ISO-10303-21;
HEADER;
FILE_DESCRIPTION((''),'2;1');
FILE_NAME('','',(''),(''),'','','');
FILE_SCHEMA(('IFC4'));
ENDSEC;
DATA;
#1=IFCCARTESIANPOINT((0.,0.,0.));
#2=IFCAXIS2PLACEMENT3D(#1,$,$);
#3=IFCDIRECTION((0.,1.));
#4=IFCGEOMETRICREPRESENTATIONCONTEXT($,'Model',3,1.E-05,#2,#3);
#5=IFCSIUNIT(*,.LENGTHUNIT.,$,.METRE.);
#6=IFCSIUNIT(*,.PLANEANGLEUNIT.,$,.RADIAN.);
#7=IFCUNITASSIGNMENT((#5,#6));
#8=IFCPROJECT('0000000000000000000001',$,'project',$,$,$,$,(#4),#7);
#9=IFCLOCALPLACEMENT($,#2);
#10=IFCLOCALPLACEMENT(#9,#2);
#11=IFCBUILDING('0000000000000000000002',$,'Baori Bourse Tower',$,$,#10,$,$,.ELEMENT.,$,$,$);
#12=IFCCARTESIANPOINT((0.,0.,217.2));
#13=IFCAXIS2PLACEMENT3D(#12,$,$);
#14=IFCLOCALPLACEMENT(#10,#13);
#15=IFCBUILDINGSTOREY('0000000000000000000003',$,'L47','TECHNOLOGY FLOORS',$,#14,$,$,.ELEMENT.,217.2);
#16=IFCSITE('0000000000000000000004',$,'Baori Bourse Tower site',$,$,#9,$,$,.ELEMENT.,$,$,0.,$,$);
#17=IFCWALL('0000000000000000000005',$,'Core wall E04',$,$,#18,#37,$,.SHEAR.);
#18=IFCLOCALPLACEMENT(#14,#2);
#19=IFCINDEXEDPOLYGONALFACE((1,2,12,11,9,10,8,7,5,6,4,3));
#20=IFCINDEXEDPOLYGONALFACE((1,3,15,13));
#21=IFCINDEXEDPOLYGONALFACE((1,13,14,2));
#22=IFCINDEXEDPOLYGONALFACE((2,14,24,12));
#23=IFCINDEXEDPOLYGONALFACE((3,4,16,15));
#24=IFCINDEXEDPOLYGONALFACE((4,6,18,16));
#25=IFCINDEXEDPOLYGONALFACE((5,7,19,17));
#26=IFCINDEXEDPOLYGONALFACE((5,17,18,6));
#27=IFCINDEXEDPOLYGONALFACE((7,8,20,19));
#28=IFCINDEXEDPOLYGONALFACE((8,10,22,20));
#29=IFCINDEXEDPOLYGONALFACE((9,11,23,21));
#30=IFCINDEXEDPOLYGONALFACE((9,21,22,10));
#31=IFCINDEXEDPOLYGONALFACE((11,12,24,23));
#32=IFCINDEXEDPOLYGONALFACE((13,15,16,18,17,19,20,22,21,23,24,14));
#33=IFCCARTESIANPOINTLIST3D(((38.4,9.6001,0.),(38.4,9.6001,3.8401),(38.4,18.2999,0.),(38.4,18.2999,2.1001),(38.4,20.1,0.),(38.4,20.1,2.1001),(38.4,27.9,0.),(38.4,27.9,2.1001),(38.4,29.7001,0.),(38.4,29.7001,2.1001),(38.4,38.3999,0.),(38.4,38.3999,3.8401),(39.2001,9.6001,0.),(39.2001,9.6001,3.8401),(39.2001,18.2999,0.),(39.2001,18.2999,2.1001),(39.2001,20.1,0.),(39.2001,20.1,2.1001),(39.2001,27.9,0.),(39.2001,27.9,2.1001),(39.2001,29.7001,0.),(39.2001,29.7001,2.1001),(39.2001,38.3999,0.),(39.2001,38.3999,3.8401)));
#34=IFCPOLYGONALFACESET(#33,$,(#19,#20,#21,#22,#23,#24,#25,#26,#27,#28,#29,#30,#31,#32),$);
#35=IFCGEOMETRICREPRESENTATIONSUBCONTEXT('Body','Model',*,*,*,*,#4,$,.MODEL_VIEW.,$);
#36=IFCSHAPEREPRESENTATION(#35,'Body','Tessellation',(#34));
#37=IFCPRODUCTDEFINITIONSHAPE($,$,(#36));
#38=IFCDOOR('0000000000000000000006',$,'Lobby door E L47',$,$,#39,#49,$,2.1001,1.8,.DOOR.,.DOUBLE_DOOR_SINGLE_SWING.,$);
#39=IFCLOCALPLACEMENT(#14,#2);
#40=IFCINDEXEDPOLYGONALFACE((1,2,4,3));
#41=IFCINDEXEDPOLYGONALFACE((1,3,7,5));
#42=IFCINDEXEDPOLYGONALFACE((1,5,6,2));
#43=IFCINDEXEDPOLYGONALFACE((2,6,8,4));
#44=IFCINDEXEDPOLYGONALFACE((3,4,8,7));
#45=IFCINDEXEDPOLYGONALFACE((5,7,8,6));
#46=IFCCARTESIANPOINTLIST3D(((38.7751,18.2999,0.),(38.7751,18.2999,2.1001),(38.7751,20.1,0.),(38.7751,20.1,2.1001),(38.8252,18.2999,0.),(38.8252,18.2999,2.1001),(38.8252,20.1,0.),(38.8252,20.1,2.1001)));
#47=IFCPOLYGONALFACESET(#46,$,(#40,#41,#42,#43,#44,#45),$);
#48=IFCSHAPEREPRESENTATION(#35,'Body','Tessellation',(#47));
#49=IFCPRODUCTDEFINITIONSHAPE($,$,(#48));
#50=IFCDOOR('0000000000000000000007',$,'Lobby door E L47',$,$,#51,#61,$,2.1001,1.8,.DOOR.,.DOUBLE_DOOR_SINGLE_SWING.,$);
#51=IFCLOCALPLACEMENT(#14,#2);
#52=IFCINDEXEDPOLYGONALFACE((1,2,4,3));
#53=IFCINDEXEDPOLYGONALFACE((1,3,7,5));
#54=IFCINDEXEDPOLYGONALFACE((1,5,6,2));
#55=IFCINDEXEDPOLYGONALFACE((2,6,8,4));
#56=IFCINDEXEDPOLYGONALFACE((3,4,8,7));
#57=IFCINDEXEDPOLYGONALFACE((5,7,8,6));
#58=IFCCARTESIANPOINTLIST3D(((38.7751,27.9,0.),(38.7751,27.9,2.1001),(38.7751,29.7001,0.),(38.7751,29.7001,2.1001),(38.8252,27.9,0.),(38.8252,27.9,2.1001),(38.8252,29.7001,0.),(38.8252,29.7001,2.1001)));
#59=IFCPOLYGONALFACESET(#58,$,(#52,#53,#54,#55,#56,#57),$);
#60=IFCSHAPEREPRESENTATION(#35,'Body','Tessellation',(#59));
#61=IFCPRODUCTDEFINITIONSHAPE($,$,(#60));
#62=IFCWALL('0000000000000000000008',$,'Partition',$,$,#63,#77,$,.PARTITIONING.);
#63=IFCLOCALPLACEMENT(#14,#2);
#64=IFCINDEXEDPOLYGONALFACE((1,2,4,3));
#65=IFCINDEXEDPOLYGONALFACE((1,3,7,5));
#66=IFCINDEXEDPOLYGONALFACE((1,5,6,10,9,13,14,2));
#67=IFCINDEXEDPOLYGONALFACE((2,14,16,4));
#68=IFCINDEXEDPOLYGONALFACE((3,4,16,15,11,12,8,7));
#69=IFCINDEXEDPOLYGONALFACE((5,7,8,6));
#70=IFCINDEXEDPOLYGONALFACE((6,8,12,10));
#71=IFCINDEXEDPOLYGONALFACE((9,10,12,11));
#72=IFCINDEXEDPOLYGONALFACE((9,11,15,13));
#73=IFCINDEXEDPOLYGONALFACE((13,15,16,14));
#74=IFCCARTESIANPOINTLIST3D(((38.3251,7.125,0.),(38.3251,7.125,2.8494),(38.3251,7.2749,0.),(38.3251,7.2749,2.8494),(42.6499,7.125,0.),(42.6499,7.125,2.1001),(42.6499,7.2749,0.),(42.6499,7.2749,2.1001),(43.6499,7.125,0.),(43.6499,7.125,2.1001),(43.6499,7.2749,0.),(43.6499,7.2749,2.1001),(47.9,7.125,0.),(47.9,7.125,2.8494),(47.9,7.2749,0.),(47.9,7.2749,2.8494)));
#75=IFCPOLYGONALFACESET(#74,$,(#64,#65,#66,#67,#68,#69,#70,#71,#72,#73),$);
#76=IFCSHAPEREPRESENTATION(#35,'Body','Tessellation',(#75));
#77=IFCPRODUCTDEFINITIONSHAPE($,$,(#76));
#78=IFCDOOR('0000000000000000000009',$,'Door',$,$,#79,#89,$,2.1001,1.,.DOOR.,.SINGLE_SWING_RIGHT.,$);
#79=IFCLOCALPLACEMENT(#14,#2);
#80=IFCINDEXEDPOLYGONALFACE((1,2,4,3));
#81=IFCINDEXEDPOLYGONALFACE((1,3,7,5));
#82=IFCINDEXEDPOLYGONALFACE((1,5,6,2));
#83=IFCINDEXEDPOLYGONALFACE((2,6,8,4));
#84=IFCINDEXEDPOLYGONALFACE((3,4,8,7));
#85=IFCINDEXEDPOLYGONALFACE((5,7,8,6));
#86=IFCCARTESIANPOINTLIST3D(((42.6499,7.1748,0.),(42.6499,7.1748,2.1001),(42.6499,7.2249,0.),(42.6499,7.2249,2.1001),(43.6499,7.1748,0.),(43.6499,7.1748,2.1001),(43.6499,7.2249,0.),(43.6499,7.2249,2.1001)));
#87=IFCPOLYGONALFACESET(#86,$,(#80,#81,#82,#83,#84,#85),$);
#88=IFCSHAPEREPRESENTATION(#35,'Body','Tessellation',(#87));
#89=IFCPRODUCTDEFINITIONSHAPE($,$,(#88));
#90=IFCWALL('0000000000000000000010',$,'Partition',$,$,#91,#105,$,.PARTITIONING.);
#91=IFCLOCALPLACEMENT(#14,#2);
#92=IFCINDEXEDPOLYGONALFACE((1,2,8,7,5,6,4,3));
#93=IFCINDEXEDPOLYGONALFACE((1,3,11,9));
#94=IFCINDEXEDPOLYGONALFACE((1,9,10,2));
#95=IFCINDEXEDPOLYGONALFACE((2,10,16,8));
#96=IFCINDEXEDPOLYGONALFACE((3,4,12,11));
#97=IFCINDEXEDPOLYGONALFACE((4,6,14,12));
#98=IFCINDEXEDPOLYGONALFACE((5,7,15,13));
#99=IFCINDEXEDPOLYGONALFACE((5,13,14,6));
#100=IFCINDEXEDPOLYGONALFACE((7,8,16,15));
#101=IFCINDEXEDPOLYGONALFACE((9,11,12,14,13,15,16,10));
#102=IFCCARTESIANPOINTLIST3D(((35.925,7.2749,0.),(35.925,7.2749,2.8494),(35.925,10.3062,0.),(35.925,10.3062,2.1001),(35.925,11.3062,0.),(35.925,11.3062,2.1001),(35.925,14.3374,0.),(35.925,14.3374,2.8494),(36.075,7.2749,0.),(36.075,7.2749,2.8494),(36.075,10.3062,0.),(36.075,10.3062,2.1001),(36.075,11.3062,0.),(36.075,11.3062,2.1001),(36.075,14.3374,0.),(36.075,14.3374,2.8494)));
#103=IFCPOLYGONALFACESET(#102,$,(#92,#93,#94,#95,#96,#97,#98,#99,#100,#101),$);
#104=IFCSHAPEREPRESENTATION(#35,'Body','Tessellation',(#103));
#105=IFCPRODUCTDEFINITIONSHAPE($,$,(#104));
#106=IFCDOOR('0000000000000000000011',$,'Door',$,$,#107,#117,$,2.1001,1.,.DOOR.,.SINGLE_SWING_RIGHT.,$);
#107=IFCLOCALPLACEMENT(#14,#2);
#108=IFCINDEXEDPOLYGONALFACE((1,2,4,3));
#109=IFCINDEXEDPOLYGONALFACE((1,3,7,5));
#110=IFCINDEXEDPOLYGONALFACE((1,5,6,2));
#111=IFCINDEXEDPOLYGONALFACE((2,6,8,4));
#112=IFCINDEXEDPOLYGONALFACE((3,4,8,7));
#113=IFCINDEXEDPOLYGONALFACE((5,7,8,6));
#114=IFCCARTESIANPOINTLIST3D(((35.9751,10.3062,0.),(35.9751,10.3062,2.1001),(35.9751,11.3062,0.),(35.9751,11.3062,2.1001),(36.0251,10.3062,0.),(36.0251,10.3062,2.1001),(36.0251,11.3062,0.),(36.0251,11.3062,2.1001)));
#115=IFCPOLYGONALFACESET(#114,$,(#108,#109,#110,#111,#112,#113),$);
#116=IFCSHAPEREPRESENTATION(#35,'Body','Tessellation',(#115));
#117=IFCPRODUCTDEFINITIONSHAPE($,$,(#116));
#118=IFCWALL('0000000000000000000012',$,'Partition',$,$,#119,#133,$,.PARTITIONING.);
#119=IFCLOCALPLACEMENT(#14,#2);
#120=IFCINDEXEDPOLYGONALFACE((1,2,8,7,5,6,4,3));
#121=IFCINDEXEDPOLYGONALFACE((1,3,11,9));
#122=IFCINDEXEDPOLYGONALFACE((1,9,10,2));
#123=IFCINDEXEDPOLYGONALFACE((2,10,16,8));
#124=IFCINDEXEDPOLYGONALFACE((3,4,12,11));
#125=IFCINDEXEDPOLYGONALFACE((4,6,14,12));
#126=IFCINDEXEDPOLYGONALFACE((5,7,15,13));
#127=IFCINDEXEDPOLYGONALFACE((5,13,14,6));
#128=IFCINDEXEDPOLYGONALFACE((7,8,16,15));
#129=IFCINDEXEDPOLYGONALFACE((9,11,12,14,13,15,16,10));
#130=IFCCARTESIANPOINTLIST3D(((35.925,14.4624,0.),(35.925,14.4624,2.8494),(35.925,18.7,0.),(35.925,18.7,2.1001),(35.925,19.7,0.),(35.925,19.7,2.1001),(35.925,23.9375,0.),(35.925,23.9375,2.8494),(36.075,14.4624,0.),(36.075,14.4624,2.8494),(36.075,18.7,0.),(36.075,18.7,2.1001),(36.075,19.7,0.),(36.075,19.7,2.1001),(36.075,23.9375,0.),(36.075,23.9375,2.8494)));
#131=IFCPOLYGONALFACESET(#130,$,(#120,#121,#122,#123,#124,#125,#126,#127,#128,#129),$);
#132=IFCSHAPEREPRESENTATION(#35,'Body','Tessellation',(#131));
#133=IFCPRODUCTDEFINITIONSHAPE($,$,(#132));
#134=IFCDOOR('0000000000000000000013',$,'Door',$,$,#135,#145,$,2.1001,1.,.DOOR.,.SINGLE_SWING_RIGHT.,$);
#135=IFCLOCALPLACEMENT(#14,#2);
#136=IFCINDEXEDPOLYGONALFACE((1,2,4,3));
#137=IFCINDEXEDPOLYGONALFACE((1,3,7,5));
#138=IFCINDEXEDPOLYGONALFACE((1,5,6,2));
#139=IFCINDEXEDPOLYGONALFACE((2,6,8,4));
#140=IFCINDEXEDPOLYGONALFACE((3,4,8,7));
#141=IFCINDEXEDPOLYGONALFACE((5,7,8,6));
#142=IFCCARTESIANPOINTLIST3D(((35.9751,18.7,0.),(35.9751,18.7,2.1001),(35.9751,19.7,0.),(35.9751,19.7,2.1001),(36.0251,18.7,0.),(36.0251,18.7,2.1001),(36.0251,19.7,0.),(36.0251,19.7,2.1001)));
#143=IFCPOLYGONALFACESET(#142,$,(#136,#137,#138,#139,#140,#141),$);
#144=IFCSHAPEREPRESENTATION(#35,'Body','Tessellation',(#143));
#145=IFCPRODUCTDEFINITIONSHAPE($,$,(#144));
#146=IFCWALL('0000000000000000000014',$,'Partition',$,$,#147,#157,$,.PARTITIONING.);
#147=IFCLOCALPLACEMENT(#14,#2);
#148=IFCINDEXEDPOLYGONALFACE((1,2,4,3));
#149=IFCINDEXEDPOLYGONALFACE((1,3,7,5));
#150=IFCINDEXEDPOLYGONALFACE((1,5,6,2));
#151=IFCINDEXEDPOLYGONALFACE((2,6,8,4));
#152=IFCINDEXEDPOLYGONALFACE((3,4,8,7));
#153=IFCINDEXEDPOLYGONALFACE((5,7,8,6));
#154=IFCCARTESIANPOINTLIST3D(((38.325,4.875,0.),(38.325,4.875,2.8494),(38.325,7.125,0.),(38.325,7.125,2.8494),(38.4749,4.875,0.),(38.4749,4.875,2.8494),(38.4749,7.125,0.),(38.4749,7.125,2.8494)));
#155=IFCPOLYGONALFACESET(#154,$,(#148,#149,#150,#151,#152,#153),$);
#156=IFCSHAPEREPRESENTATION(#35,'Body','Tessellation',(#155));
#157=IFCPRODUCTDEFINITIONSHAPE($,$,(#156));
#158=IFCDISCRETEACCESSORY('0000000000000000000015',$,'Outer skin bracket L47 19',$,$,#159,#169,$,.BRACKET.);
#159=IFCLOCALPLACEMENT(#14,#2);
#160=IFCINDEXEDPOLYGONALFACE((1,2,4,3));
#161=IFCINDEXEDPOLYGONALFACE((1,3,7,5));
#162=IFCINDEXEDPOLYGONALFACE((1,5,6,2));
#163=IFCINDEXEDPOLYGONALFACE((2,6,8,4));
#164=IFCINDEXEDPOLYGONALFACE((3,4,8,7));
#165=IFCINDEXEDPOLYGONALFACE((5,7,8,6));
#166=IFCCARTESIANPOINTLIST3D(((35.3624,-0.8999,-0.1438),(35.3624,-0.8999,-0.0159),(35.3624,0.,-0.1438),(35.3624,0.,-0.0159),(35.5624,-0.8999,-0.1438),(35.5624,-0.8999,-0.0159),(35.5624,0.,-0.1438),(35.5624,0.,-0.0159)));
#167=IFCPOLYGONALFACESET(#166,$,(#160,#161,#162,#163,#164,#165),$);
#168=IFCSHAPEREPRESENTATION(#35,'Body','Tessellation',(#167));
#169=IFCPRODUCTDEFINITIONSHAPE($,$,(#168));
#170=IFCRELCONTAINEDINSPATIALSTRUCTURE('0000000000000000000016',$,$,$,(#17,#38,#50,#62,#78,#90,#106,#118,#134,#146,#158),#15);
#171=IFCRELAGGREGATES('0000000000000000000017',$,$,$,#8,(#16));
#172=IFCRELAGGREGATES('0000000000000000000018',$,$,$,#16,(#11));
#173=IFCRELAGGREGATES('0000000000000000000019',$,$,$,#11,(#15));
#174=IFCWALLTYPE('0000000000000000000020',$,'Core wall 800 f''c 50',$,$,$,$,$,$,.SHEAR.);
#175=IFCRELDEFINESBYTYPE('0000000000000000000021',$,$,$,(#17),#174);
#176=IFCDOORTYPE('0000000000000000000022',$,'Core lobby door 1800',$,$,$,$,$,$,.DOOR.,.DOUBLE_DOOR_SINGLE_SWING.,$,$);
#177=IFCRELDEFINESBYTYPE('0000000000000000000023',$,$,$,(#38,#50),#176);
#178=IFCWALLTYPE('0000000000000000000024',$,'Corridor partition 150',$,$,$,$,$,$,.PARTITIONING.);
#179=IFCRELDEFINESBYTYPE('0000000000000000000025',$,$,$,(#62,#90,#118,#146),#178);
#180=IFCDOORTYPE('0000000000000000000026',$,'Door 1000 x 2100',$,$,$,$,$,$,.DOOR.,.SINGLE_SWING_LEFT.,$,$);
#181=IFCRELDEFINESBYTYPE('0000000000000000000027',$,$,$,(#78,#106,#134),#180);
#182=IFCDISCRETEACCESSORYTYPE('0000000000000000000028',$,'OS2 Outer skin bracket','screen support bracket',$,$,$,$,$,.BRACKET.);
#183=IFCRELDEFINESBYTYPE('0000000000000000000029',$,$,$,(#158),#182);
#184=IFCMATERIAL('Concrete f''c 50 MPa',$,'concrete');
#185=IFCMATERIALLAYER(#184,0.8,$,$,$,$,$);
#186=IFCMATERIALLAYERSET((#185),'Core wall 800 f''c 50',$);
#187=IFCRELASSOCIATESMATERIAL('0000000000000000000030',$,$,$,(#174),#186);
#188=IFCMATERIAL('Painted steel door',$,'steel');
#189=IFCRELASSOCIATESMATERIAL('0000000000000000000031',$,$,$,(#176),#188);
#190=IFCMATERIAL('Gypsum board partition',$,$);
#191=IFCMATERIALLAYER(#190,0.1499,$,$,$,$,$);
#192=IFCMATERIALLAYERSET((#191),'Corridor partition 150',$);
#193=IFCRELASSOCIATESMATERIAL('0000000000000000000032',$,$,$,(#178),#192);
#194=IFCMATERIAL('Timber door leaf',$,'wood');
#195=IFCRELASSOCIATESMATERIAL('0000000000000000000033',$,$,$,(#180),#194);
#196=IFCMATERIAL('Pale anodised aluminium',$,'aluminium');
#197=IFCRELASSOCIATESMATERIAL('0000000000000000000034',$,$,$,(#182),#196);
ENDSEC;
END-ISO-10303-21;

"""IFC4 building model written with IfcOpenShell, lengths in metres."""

from ifc_helpers import new_model, si_unit, direction, frame, frame_2d, origin, origin_2d, place, context, subcontext, project, spatial, rectangle, extrude, material, layer, layer_set, type_object, element, fill, save


model = new_model("IFC4")

# Units and contexts
model_context = context("Model", 3, precision=1e-05, world=origin(), true_north=direction((0.0, 1.0)))
body_context = subcontext(model_context, "Body", "Model", "MODEL_VIEW")
ifc_project = project(units=[si_unit("LENGTHUNIT", "METRE"), si_unit("PLANEANGLEUNIT", "RADIAN")], contexts=[model_context])

# Site, building, storey
site_placement = place(None, origin())
site = spatial("IfcSite", under=ifc_project, at=site_placement, Name="Baori Bourse Tower site", CompositionType="ELEMENT", RefElevation=0.0)
building_placement = place(site_placement, origin())
building = spatial("IfcBuilding", under=site, at=building_placement, Name="Baori Bourse Tower", CompositionType="ELEMENT")
storey_placement = place(building_placement, frame((0.0, 0.0, 217.2)))
storey = spatial("IfcBuildingStorey", under=building, at=storey_placement, Name="L47", Description="TECHNOLOGY FLOORS", CompositionType="ELEMENT", Elevation=217.2)

# Wall, openings, doors
ifc_material_1 = material(Name="Concrete f'c 50 MPa", Category="concrete")
ifc_layer_1 = layer(ifc_material_1, 0.8)
ifc_layer_set_1 = layer_set([ifc_layer_1], Name="Core wall 800 f'c 50")
wall_type_1 = type_object("IfcWallType", Name="Core wall 800 f'c 50", PredefinedType="SHEAR", material=ifc_layer_set_1)
wall_1_placement = place(storey_placement, frame((38.8, 9.6001, 0.0), z_axis=(0.0, 0.0, 1.0), x_axis=(0.0, 1.0, 0.0)))
wall_1 = element("IfcWall", 1, at=wall_1_placement, inside=storey, type_object=wall_type_1, Name="Core wall E04", PredefinedType="SHEAR", context=body_context, shape_type="SweptSolid", body=[
    extrude(rectangle(XDim=28.7998, YDim=0.8, at=frame_2d((14.3999, 0.0))), origin(), (0.0, 0.0, 1.0), 3.8401),
])
opening_1_placement = place(wall_1_placement, frame((8.7, 0.0, 0.0)))
opening_1 = element("IfcOpeningElement", 2, at=opening_1_placement, cuts=wall_1, PredefinedType="OPENING", context=body_context, shape_type="SweptSolid", body=[
    extrude(rectangle(XDim=1.8, YDim=2.1001, at=frame_2d((0.8999, 1.05))), frame((0.0, 0.4099, 0.0), z_axis=(0.0, -1.0, 0.0), x_axis=(1.0, 0.0, 0.0)), (0.0, 0.0, 1.0), 0.8201),
])
opening_2_placement = place(wall_1_placement, frame((18.3, 0.0, 0.0)))
opening_2 = element("IfcOpeningElement", 3, at=opening_2_placement, cuts=wall_1, PredefinedType="OPENING", context=body_context, shape_type="SweptSolid", body=[
    extrude(rectangle(XDim=1.8, YDim=2.1001, at=frame_2d((0.8999, 1.05))), frame((0.0, 0.4099, 0.0), z_axis=(0.0, -1.0, 0.0), x_axis=(1.0, 0.0, 0.0)), (0.0, 0.0, 1.0), 0.8201),
])
ifc_material_2 = material(Name="Painted steel door", Category="steel")
door_type_1 = type_object("IfcDoorType", Name="Core lobby door 1800", OperationType="DOUBLE_DOOR_SINGLE_SWING", PredefinedType="DOOR", material=ifc_material_2)
door_1_placement = place(opening_1_placement, origin())
door_1 = element("IfcDoor", 4, at=door_1_placement, inside=storey, type_object=door_type_1, Name="Lobby door E L47", OperationType="DOUBLE_DOOR_SINGLE_SWING", OverallHeight=2.1001, OverallWidth=1.8, PredefinedType="DOOR", context=body_context, shape_type="SweptSolid", body=[
    extrude(rectangle(XDim=1.8, YDim=2.1001, at=frame_2d((0.8999, 1.05))), frame((0.0, 0.0249, 0.0), z_axis=(0.0, -1.0, 0.0), x_axis=(1.0, 0.0, 0.0)), (0.0, 0.0, 1.0), 0.05),
])
fill(opening_1, door_1)
door_2_placement = place(opening_2_placement, origin())
door_2 = element("IfcDoor", 5, at=door_2_placement, inside=storey, type_object=door_type_1, Name="Lobby door E L47", OperationType="DOUBLE_DOOR_SINGLE_SWING", OverallHeight=2.1001, OverallWidth=1.8, PredefinedType="DOOR", context=body_context, shape_type="SweptSolid", body=[
    extrude(rectangle(XDim=1.8, YDim=2.1001, at=frame_2d((0.8999, 1.05))), frame((0.0, 0.0249, 0.0), z_axis=(0.0, -1.0, 0.0), x_axis=(1.0, 0.0, 0.0)), (0.0, 0.0, 1.0), 0.05),
])
fill(opening_2, door_2)

# Walls, openings, doors
ifc_material_3 = material(Name="Gypsum board partition")
ifc_layer_2 = layer(ifc_material_3, 0.1499)
ifc_layer_set_2 = layer_set([ifc_layer_2], Name="Corridor partition 150")
wall_type_2 = type_object("IfcWallType", Name="Corridor partition 150", PredefinedType="PARTITIONING", material=ifc_layer_set_2)
wall_2_placement = place(storey_placement, frame((38.325, 7.2, 0.0), z_axis=(0.0, 0.0, 1.0), x_axis=(1.0, 0.0, 0.0)))
wall_2 = element("IfcWall", 6, at=wall_2_placement, inside=storey, type_object=wall_type_2, Name="Partition", PredefinedType="PARTITIONING", context=body_context, shape_type="SweptSolid", body=[
    extrude(rectangle(XDim=9.575, YDim=0.1499, at=frame_2d((4.7876, 0.0))), origin(), (0.0, 0.0, 1.0), 2.8494),
])
opening_3_placement = place(wall_2_placement, frame((4.325, 0.0, 0.0)))
opening_3 = element("IfcOpeningElement", 7, at=opening_3_placement, cuts=wall_2, PredefinedType="OPENING", context=body_context, shape_type="SweptSolid", body=[
    extrude(rectangle(XDim=1.0, YDim=2.1001, at=frame_2d((0.5, 1.05))), frame((0.0, 0.085, 0.0), z_axis=(0.0, -1.0, 0.0), x_axis=(1.0, 0.0, 0.0)), (0.0, 0.0, 1.0), 0.1699),
])
ifc_material_4 = material(Name="Timber door leaf", Category="wood")
door_type_2 = type_object("IfcDoorType", Name="Door 1000 x 2100", OperationType="SINGLE_SWING_LEFT", PredefinedType="DOOR", material=ifc_material_4)
door_3_placement = place(opening_3_placement, origin())
door_3 = element("IfcDoor", 8, at=door_3_placement, inside=storey, type_object=door_type_2, Name="Door", OperationType="SINGLE_SWING_RIGHT", OverallHeight=2.1001, OverallWidth=1.0, PredefinedType="DOOR", context=body_context, shape_type="SweptSolid", body=[
    extrude(rectangle(XDim=1.0, YDim=2.1001, at=frame_2d((0.5, 1.05))), frame((0.0, 0.0249, 0.0), z_axis=(0.0, -1.0, 0.0), x_axis=(1.0, 0.0, 0.0)), (0.0, 0.0, 1.0), 0.05),
])
fill(opening_3, door_3)
wall_3_placement = place(storey_placement, frame((36.0, 7.2749, 0.0), z_axis=(0.0, 0.0, 1.0), x_axis=(0.0, 1.0, 0.0)))
wall_3 = element("IfcWall", 9, at=wall_3_placement, inside=storey, type_object=wall_type_2, Name="Partition", PredefinedType="PARTITIONING", context=body_context, shape_type="SweptSolid", body=[
    extrude(rectangle(XDim=7.0625, YDim=0.1499, at=frame_2d((3.5312, 0.0))), origin(), (0.0, 0.0, 1.0), 2.8494),
])
opening_4_placement = place(wall_3_placement, frame((3.0312, 0.0, 0.0)))
opening_4 = element("IfcOpeningElement", 10, at=opening_4_placement, cuts=wall_3, PredefinedType="OPENING", context=body_context, shape_type="SweptSolid", body=[
    extrude(rectangle(XDim=1.0, YDim=2.1001, at=frame_2d((0.5, 1.05))), frame((0.0, 0.085, 0.0), z_axis=(0.0, -1.0, 0.0), x_axis=(1.0, 0.0, 0.0)), (0.0, 0.0, 1.0), 0.1699),
])
door_4_placement = place(opening_4_placement, origin())
door_4 = element("IfcDoor", 11, at=door_4_placement, inside=storey, type_object=door_type_2, Name="Door", OperationType="SINGLE_SWING_RIGHT", OverallHeight=2.1001, OverallWidth=1.0, PredefinedType="DOOR", context=body_context, shape_type="SweptSolid", body=[
    extrude(rectangle(XDim=1.0, YDim=2.1001, at=frame_2d((0.5, 1.05))), frame((0.0, 0.0249, 0.0), z_axis=(0.0, -1.0, 0.0), x_axis=(1.0, 0.0, 0.0)), (0.0, 0.0, 1.0), 0.05),
])
fill(opening_4, door_4)
wall_4_placement = place(storey_placement, frame((36.0, 14.4624, 0.0), z_axis=(0.0, 0.0, 1.0), x_axis=(0.0, 1.0, 0.0)))
wall_4 = element("IfcWall", 12, at=wall_4_placement, inside=storey, type_object=wall_type_2, Name="Partition", PredefinedType="PARTITIONING", context=body_context, shape_type="SweptSolid", body=[
    extrude(rectangle(XDim=9.4751, YDim=0.1499, at=frame_2d((4.7375, 0.0))), origin(), (0.0, 0.0, 1.0), 2.8494),
])
opening_5_placement = place(wall_4_placement, frame((4.2375, 0.0, 0.0)))
opening_5 = element("IfcOpeningElement", 13, at=opening_5_placement, cuts=wall_4, PredefinedType="OPENING", context=body_context, shape_type="SweptSolid", body=[
    extrude(rectangle(XDim=1.0, YDim=2.1001, at=frame_2d((0.5, 1.05))), frame((0.0, 0.085, 0.0), z_axis=(0.0, -1.0, 0.0), x_axis=(1.0, 0.0, 0.0)), (0.0, 0.0, 1.0), 0.1699),
])
door_5_placement = place(opening_5_placement, origin())
door_5 = element("IfcDoor", 14, at=door_5_placement, inside=storey, type_object=door_type_2, Name="Door", OperationType="SINGLE_SWING_RIGHT", OverallHeight=2.1001, OverallWidth=1.0, PredefinedType="DOOR", context=body_context, shape_type="SweptSolid", body=[
    extrude(rectangle(XDim=1.0, YDim=2.1001, at=frame_2d((0.5, 1.05))), frame((0.0, 0.0249, 0.0), z_axis=(0.0, -1.0, 0.0), x_axis=(1.0, 0.0, 0.0)), (0.0, 0.0, 1.0), 0.05),
])
fill(opening_5, door_5)

# Wall
wall_5_placement = place(storey_placement, frame((38.3999, 4.875, 0.0), z_axis=(0.0, 0.0, 1.0), x_axis=(0.0, 1.0, 0.0)))
element("IfcWall", 15, at=wall_5_placement, inside=storey, type_object=wall_type_2, Name="Partition", PredefinedType="PARTITIONING", context=body_context, shape_type="SweptSolid", body=[
    extrude(rectangle(XDim=2.25, YDim=0.1499, at=frame_2d((1.125, 0.0))), origin(), (0.0, 0.0, 1.0), 2.8494),
])

# Discrete accessory
ifc_material_5 = material(Name="Pale anodised aluminium", Category="aluminium")
discrete_accessory_type = type_object("IfcDiscreteAccessoryType", Name="OS2 Outer skin bracket", Description="screen support bracket", PredefinedType="BRACKET", material=ifc_material_5)
for number, where, z_axis, x_axis, name in (
    (16, (35.4624, -0.45, -0.1438), (0.0, 0.0, 1.0), (1.0, 0.0, 0.0), "Outer skin bracket L47 19"),
):
    element("IfcDiscreteAccessory", number, at=place(storey_placement, frame(where, z_axis=z_axis, x_axis=x_axis)), inside=storey, type_object=discrete_accessory_type, Name=name, PredefinedType="BRACKET", context=body_context, shape_type="SweptSolid", body=[
        extrude(rectangle(XDim=0.2, YDim=0.8999, at=origin_2d()), origin(), (0.0, 0.0, 1.0), 0.1279),
    ])

save(model, "model.ifc")
